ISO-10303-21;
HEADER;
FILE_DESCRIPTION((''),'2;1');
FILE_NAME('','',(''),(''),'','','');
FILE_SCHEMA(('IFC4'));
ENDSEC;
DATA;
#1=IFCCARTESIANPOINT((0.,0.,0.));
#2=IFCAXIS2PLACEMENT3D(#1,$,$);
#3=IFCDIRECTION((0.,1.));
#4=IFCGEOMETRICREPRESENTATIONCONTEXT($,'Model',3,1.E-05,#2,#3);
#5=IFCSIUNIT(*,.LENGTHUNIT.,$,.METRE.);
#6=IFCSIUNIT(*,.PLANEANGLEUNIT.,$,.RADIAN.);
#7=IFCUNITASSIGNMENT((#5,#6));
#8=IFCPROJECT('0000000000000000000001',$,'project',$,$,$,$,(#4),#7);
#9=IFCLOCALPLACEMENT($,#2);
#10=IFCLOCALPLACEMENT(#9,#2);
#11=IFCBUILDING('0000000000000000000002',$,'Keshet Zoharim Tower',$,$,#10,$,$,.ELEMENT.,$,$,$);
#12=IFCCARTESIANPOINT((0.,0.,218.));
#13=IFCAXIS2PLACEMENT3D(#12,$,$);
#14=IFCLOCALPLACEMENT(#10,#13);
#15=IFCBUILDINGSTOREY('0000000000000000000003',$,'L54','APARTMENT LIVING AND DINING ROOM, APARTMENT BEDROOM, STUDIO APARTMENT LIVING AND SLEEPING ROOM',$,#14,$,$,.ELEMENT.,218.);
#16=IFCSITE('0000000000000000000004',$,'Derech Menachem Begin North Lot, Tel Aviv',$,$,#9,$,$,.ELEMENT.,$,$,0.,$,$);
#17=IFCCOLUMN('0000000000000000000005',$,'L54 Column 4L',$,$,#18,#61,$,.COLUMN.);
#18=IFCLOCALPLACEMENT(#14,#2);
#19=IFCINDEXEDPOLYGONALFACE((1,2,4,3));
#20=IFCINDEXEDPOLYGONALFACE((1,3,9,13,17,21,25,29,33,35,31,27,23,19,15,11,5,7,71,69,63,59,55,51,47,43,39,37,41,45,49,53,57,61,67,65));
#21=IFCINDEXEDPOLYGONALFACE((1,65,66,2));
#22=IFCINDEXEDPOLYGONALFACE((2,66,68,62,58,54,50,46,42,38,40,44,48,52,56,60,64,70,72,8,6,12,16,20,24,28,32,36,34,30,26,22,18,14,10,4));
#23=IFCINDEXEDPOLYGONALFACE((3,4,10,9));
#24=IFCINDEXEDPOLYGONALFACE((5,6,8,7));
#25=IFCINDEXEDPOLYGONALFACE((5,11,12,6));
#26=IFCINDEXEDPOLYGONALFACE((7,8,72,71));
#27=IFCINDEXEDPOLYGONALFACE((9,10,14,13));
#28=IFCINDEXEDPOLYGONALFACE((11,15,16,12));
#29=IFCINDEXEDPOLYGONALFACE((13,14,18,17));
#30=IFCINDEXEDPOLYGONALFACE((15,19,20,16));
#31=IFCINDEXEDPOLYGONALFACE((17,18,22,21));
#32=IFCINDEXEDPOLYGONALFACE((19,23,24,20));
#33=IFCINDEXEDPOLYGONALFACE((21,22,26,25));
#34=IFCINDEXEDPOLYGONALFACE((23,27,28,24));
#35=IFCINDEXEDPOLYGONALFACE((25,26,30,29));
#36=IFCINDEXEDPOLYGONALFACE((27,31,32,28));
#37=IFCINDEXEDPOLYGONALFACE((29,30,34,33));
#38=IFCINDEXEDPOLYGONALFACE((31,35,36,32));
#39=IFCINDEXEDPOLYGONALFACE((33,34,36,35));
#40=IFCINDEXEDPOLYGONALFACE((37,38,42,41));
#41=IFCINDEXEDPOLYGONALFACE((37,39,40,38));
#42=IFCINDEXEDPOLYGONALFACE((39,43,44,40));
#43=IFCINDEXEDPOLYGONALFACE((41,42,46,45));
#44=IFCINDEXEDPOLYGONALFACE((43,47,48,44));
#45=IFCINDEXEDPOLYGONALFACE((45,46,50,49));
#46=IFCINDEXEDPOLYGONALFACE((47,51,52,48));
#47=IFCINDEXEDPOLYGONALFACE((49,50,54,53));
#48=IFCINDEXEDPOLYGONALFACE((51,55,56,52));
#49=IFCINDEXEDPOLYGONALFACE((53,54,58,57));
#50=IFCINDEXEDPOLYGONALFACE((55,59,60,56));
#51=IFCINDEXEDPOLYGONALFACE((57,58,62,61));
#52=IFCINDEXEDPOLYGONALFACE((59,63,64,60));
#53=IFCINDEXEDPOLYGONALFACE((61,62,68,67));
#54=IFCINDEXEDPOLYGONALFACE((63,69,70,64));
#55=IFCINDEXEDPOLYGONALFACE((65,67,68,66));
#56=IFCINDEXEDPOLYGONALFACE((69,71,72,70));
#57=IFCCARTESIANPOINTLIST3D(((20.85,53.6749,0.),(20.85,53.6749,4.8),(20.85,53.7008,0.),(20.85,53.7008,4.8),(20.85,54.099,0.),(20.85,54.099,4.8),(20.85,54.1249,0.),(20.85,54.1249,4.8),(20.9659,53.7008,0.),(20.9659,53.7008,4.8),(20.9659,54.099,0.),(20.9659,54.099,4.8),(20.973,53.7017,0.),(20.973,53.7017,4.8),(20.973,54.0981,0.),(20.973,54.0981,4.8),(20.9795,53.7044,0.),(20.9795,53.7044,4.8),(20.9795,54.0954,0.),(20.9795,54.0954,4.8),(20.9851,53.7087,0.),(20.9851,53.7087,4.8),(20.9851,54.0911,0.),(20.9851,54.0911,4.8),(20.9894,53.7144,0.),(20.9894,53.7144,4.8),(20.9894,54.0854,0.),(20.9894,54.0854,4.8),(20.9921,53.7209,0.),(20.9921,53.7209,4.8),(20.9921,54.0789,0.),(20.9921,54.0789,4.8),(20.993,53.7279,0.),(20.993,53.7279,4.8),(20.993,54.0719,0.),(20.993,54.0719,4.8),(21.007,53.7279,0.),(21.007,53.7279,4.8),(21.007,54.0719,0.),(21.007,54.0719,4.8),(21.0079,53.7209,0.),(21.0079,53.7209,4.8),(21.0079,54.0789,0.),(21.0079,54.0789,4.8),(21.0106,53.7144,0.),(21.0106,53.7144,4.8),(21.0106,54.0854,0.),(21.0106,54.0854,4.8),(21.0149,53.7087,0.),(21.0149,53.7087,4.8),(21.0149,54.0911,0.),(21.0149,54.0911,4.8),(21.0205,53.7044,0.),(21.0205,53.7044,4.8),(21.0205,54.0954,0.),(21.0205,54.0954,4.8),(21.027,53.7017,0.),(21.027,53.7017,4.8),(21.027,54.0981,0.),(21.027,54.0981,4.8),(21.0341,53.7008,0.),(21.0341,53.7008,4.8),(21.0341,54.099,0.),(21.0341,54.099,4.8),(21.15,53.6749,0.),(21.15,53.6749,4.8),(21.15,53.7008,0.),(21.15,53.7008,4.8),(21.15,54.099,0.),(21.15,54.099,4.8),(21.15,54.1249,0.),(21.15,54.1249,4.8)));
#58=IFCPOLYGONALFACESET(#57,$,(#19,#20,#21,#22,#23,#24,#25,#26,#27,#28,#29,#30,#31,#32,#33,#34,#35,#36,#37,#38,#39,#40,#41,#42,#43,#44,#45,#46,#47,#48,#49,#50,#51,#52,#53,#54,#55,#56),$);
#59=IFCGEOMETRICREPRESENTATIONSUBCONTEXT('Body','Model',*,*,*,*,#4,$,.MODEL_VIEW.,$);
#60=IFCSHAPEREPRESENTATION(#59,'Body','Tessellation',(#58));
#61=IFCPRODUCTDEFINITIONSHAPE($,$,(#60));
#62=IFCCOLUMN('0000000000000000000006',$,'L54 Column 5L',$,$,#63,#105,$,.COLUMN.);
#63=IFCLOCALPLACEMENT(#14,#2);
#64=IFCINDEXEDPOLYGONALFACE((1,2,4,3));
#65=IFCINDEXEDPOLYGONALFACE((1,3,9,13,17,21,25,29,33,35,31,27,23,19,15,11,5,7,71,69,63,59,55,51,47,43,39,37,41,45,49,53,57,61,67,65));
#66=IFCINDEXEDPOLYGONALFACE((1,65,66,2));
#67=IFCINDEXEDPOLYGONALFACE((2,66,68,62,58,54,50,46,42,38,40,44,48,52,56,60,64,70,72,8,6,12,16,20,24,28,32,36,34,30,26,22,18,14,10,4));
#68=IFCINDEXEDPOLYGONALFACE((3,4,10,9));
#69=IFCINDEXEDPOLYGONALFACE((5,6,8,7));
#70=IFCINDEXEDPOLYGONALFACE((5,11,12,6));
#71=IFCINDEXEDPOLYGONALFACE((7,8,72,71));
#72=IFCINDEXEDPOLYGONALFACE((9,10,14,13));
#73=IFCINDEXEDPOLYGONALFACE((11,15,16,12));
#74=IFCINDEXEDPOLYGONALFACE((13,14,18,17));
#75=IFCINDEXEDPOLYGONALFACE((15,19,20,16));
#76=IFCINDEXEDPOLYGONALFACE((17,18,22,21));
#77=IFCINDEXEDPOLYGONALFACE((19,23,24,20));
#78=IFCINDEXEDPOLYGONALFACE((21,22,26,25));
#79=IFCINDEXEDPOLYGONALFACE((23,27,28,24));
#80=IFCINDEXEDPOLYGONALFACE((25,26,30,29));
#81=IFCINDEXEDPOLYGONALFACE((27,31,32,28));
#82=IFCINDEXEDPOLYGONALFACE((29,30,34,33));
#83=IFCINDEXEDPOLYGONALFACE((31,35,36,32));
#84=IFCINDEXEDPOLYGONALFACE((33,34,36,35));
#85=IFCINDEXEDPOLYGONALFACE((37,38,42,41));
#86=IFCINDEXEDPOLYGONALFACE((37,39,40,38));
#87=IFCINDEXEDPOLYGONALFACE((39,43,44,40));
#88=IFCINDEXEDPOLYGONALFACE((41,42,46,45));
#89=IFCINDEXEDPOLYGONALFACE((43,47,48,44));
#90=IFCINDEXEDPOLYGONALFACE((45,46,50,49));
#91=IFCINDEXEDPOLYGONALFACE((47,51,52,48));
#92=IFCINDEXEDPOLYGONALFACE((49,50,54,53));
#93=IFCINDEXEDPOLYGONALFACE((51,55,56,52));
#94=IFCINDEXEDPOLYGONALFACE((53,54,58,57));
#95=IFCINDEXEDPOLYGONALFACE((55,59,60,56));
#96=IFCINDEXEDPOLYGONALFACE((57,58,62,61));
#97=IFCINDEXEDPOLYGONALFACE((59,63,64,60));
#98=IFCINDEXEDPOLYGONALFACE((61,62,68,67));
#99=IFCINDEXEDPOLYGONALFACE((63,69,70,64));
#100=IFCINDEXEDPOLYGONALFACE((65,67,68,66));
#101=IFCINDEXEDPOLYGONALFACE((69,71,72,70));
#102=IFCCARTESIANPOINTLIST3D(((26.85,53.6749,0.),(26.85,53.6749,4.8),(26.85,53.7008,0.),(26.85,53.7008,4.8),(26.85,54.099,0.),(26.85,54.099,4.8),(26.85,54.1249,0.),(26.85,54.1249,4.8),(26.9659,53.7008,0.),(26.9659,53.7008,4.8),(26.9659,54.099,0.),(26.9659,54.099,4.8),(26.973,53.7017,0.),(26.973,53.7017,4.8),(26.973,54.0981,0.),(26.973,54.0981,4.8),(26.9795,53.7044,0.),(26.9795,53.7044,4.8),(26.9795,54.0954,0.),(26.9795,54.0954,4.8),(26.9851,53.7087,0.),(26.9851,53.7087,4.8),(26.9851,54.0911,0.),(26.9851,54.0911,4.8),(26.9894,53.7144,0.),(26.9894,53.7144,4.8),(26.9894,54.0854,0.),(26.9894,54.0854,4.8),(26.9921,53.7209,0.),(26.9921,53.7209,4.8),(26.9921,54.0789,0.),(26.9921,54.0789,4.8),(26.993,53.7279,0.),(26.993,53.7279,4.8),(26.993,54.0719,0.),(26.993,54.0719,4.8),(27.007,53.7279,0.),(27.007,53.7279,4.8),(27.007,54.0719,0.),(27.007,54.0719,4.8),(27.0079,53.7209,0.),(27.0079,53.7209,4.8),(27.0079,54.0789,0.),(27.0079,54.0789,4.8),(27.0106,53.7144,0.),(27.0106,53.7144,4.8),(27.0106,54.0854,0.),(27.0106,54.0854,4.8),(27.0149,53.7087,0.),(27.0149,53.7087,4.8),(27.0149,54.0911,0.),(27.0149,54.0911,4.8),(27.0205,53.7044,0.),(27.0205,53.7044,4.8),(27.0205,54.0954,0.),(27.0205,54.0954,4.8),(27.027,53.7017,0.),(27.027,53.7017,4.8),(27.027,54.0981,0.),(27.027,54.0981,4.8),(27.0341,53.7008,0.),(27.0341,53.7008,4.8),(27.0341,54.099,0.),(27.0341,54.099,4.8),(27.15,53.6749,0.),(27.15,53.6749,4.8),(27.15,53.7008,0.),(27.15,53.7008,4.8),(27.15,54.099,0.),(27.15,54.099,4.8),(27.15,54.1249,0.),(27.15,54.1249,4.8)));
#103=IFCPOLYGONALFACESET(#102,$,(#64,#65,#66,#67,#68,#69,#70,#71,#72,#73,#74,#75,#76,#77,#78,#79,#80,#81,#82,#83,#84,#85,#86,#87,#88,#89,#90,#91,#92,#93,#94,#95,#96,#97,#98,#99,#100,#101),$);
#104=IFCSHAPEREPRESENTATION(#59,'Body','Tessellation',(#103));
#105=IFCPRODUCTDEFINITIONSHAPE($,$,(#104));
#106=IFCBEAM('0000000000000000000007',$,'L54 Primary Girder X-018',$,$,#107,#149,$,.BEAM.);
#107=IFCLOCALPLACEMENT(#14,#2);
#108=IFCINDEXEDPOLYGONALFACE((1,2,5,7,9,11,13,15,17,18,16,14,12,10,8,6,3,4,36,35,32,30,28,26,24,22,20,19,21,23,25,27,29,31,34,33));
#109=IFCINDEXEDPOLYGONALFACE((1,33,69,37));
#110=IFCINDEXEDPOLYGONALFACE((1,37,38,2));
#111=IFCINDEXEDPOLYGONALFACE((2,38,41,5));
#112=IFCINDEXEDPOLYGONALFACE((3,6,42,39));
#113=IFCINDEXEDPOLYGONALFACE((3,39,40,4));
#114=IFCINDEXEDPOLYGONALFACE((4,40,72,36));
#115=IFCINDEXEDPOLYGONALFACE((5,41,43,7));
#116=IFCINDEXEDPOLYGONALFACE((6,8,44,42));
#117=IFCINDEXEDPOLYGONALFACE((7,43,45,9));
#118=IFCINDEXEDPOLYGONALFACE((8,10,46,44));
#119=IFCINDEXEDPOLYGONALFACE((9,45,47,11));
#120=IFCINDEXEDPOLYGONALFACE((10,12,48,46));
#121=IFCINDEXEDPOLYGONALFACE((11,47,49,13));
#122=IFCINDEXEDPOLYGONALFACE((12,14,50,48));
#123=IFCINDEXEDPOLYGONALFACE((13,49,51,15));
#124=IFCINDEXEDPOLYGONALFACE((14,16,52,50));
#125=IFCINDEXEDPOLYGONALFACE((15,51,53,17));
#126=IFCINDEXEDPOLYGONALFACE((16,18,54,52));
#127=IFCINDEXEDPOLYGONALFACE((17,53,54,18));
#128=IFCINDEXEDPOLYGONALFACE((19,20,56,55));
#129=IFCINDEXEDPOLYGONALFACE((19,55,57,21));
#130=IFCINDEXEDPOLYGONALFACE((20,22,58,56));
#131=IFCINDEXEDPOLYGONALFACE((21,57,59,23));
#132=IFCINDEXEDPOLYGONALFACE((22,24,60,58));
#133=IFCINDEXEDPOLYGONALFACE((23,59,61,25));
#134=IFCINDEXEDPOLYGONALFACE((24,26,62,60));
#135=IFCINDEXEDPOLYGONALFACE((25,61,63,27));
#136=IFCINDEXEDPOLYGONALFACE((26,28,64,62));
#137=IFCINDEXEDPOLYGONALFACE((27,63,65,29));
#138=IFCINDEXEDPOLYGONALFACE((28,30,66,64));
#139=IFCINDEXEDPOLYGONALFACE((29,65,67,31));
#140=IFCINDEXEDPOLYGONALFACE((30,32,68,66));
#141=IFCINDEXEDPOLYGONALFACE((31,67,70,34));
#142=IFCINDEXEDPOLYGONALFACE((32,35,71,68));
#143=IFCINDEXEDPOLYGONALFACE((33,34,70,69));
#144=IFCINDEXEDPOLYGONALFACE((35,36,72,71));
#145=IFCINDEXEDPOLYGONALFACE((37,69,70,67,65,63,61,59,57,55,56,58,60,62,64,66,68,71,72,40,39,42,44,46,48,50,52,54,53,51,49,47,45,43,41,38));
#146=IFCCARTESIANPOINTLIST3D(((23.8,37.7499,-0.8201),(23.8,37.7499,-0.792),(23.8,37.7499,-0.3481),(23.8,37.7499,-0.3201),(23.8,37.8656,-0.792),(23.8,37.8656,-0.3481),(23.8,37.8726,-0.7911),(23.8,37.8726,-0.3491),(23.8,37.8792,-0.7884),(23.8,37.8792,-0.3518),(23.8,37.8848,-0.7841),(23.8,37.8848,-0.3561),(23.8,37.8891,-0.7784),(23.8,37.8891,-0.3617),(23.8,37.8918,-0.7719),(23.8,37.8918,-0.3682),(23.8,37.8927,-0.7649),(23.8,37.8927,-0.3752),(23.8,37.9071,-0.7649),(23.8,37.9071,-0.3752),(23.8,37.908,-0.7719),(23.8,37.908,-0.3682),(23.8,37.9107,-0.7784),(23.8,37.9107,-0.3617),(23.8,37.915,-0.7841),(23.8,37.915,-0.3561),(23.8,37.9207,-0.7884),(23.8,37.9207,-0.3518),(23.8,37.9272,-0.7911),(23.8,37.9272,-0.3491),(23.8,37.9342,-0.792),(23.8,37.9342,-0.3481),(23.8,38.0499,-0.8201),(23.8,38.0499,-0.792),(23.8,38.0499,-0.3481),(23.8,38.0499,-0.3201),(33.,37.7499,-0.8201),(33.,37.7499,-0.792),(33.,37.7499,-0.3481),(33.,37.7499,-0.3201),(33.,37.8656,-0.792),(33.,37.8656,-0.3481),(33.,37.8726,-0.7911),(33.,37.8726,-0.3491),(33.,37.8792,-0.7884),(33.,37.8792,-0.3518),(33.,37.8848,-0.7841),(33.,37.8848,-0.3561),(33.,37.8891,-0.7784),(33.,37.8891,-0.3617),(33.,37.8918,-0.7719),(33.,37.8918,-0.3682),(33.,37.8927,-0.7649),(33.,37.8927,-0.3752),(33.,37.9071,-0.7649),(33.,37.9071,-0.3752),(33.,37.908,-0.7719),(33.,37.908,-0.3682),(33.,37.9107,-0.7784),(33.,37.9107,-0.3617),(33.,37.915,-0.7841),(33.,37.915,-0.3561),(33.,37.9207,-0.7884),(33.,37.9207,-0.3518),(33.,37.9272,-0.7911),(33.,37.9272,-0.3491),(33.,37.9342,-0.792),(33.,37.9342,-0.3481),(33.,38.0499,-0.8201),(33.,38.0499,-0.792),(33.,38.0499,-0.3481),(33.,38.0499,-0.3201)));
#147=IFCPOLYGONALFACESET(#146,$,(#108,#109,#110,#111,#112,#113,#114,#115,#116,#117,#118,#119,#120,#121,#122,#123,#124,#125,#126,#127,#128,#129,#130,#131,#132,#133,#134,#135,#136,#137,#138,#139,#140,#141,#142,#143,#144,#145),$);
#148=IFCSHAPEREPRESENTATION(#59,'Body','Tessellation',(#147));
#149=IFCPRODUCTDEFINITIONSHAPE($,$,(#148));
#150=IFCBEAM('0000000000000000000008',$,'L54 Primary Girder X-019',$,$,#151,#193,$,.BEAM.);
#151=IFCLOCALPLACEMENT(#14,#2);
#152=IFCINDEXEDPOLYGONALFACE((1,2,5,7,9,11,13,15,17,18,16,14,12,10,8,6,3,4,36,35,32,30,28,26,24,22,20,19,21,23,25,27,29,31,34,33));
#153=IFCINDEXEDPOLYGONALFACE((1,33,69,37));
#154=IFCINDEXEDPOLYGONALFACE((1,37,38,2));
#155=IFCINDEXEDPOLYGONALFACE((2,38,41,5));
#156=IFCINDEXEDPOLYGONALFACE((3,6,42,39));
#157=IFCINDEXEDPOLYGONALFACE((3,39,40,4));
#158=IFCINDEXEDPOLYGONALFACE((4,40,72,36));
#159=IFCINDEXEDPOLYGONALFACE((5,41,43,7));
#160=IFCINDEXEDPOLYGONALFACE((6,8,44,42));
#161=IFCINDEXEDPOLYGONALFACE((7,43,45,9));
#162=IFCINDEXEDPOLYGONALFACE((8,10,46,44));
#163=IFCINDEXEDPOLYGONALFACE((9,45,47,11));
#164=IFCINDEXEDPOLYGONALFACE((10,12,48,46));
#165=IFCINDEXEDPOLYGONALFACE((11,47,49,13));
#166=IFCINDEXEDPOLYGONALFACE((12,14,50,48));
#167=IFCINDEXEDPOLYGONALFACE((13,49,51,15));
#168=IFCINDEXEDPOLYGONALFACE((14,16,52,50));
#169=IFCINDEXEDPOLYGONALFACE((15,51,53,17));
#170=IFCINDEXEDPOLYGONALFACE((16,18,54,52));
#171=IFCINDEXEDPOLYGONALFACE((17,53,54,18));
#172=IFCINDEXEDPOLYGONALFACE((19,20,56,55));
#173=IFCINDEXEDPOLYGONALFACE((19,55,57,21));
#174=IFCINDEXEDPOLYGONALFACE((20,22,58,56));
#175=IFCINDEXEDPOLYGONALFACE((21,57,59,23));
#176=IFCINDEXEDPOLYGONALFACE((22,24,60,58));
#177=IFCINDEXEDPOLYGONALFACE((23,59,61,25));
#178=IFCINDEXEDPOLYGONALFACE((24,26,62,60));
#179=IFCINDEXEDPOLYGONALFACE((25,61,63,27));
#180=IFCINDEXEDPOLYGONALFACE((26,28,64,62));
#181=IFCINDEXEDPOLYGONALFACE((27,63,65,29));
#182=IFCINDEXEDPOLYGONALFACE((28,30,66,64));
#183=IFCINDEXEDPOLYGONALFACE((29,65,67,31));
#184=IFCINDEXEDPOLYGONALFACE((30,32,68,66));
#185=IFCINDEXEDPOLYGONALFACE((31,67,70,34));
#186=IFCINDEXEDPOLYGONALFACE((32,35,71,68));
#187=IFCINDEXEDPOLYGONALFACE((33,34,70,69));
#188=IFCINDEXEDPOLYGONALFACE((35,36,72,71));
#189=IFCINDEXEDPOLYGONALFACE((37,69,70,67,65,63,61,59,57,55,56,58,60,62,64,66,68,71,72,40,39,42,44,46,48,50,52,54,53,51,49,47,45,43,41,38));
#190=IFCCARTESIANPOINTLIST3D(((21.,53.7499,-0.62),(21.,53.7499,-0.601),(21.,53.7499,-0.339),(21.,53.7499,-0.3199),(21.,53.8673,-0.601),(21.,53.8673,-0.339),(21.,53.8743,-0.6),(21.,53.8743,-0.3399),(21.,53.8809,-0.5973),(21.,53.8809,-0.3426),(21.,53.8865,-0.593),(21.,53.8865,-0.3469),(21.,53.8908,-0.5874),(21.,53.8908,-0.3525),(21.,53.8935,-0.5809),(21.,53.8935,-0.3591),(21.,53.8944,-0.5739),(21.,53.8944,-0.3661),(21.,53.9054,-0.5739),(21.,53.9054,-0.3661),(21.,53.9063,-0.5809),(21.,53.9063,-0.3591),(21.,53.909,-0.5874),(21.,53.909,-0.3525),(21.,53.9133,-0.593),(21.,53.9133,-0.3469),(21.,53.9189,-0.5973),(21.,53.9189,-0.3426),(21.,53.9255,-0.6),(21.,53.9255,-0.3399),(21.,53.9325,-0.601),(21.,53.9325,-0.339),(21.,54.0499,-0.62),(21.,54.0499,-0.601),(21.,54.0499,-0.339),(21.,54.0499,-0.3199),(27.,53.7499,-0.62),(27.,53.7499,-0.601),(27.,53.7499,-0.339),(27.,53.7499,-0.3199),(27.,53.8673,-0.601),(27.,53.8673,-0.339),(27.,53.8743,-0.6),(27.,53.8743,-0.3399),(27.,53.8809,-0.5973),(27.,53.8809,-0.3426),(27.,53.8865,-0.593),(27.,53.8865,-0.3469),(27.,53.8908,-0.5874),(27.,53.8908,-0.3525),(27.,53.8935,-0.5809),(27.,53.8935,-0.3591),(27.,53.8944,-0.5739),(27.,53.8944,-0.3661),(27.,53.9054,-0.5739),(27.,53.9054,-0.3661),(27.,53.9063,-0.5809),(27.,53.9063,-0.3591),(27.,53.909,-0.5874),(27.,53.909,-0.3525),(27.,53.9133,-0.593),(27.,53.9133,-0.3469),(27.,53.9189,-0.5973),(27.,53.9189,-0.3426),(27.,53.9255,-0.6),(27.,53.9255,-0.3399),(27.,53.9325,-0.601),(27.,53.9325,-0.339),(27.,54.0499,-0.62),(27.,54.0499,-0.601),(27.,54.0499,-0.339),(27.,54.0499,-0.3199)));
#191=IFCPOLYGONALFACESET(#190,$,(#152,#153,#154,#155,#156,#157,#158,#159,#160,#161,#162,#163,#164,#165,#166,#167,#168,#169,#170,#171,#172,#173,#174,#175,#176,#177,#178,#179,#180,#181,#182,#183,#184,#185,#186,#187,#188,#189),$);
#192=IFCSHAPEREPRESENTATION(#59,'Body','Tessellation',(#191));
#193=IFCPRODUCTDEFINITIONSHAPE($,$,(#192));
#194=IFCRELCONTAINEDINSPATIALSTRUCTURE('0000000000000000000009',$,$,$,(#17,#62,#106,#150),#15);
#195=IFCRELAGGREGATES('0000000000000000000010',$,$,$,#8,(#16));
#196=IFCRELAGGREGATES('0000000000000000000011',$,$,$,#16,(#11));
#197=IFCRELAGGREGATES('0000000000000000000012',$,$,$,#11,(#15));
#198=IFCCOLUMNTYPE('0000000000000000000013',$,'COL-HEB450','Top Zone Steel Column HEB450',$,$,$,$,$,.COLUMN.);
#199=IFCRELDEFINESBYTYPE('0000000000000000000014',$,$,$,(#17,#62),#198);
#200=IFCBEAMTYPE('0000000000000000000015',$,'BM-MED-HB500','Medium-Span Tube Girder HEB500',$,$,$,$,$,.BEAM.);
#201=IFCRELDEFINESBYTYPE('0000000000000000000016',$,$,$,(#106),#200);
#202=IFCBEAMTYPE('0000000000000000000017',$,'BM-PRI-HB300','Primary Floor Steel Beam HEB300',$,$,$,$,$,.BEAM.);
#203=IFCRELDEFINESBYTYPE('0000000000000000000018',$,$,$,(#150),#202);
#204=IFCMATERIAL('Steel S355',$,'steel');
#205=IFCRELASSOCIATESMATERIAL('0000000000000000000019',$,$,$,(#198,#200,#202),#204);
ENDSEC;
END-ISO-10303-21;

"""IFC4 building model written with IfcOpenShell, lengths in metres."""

from ifc_helpers import new_model, si_unit, direction, frame, origin, origin_2d, place, context, subcontext, project, spatial, i_section, extrude, material, material_profile, profile_set, type_object, element, save


model = new_model("IFC4")

# Units and contexts
model_context = context("Model", 3, precision=1e-05, world=origin(), true_north=direction((0.0, 1.0)))
body_context = subcontext(model_context, "Body", "Model", "MODEL_VIEW")
ifc_project = project(units=[si_unit("LENGTHUNIT", "METRE"), si_unit("PLANEANGLEUNIT", "RADIAN")], contexts=[model_context])

# Site, building, storey
site_placement = place(None, origin())
site = spatial("IfcSite", under=ifc_project, at=site_placement, Name="Derech Menachem Begin North Lot, Tel Aviv", CompositionType="ELEMENT", RefElevation=0.0)
building_placement = place(site_placement, origin())
building = spatial("IfcBuilding", under=site, at=building_placement, Name="Keshet Zoharim Tower", CompositionType="ELEMENT")
storey_placement = place(building_placement, frame((0.0, 0.0, 218.0)))
storey = spatial("IfcBuildingStorey", under=building, at=storey_placement, Name="L54", Description="APARTMENT LIVING AND DINING ROOM, APARTMENT BEDROOM, STUDIO APARTMENT LIVING AND SLEEPING ROOM", CompositionType="ELEMENT", Elevation=218.0)

# Columns
ifc_material_1 = material(Name="Steel S355", Category="steel")
ifc_material_profile_1 = material_profile(ifc_material_1, i_section(OverallWidth=0.3, OverallDepth=0.45, WebThickness=0.0139, FlangeThickness=0.0259, FilletRadius=0.0271, at=origin_2d()), Name="HEB450")
ifc_profile_set_1 = profile_set([ifc_material_profile_1], Name="Steel S355")
column_type = type_object("IfcColumnType", Name="COL-HEB450", Description="Top Zone Steel Column HEB450", PredefinedType="COLUMN", material=ifc_profile_set_1)
for number, where, z_axis, x_axis, name in (
    (1, (21.0, 53.8999, 0.0), (0.0, 0.0, 1.0), (1.0, 0.0, 0.0), "L54 Column 4L"),
    (2, (27.0, 53.8999, 0.0), (0.0, 0.0, 1.0), (1.0, 0.0, 0.0), "L54 Column 5L"),
):
    element("IfcColumn", number, at=place(storey_placement, frame(where, z_axis=z_axis, x_axis=x_axis)), inside=storey, type_object=column_type, Name=name, PredefinedType="COLUMN", context=body_context, shape_type="SweptSolid", body=[
        extrude(i_section(OverallWidth=0.3, OverallDepth=0.45, WebThickness=0.0139, FlangeThickness=0.0259, FilletRadius=0.0271, at=origin_2d()), origin(), (0.0, 0.0, 1.0), 4.8),
    ])

# Beams
ifc_material_profile_2 = material_profile(ifc_material_1, i_section(OverallWidth=0.3, OverallDepth=0.5, WebThickness=0.0144, FlangeThickness=0.0281, FilletRadius=0.0271, at=origin_2d()), Name="HEB500")
ifc_profile_set_2 = profile_set([ifc_material_profile_2], Name="Steel S355")
beam_type_1 = type_object("IfcBeamType", Name="BM-MED-HB500", Description="Medium-Span Tube Girder HEB500", PredefinedType="BEAM", material=ifc_profile_set_2)
beam_placement = place(storey_placement, frame((23.8, 37.8999, -0.5701), z_axis=(1.0, 0.0, 0.0), x_axis=(0.0, 1.0, 0.0)))
element("IfcBeam", 3, at=beam_placement, inside=storey, type_object=beam_type_1, Name="L54 Primary Girder X-018", PredefinedType="BEAM", context=body_context, shape_type="SweptSolid", body=[
    extrude(i_section(OverallWidth=0.3, OverallDepth=0.5, WebThickness=0.0144, FlangeThickness=0.0281, FilletRadius=0.0271, at=origin_2d()), origin(), (0.0, 0.0, 1.0), 9.2),
])
ifc_material_profile_3 = material_profile(ifc_material_1, i_section(OverallWidth=0.3, OverallDepth=0.3, WebThickness=0.011, FlangeThickness=0.019, FilletRadius=0.0271, at=origin_2d()), Name="HEB300")
ifc_profile_set_3 = profile_set([ifc_material_profile_3], Name="Steel S355")
beam_type_2 = type_object("IfcBeamType", Name="BM-PRI-HB300", Description="Primary Floor Steel Beam HEB300", PredefinedType="BEAM", material=ifc_profile_set_3)
for number, where, z_axis, x_axis, name in (
    (4, (21.0, 53.8999, -0.47), (1.0, 0.0, 0.0), (0.0, 1.0, 0.0), "L54 Primary Girder X-019"),
):
    element("IfcBeam", number, at=place(storey_placement, frame(where, z_axis=z_axis, x_axis=x_axis)), inside=storey, type_object=beam_type_2, Name=name, PredefinedType="BEAM", context=body_context, shape_type="SweptSolid", body=[
        extrude(i_section(OverallWidth=0.3, OverallDepth=0.3, WebThickness=0.011, FlangeThickness=0.019, FilletRadius=0.0271, at=origin_2d()), origin(), (0.0, 0.0, 1.0), 6.0),
    ])

save(model, "model.ifc")
